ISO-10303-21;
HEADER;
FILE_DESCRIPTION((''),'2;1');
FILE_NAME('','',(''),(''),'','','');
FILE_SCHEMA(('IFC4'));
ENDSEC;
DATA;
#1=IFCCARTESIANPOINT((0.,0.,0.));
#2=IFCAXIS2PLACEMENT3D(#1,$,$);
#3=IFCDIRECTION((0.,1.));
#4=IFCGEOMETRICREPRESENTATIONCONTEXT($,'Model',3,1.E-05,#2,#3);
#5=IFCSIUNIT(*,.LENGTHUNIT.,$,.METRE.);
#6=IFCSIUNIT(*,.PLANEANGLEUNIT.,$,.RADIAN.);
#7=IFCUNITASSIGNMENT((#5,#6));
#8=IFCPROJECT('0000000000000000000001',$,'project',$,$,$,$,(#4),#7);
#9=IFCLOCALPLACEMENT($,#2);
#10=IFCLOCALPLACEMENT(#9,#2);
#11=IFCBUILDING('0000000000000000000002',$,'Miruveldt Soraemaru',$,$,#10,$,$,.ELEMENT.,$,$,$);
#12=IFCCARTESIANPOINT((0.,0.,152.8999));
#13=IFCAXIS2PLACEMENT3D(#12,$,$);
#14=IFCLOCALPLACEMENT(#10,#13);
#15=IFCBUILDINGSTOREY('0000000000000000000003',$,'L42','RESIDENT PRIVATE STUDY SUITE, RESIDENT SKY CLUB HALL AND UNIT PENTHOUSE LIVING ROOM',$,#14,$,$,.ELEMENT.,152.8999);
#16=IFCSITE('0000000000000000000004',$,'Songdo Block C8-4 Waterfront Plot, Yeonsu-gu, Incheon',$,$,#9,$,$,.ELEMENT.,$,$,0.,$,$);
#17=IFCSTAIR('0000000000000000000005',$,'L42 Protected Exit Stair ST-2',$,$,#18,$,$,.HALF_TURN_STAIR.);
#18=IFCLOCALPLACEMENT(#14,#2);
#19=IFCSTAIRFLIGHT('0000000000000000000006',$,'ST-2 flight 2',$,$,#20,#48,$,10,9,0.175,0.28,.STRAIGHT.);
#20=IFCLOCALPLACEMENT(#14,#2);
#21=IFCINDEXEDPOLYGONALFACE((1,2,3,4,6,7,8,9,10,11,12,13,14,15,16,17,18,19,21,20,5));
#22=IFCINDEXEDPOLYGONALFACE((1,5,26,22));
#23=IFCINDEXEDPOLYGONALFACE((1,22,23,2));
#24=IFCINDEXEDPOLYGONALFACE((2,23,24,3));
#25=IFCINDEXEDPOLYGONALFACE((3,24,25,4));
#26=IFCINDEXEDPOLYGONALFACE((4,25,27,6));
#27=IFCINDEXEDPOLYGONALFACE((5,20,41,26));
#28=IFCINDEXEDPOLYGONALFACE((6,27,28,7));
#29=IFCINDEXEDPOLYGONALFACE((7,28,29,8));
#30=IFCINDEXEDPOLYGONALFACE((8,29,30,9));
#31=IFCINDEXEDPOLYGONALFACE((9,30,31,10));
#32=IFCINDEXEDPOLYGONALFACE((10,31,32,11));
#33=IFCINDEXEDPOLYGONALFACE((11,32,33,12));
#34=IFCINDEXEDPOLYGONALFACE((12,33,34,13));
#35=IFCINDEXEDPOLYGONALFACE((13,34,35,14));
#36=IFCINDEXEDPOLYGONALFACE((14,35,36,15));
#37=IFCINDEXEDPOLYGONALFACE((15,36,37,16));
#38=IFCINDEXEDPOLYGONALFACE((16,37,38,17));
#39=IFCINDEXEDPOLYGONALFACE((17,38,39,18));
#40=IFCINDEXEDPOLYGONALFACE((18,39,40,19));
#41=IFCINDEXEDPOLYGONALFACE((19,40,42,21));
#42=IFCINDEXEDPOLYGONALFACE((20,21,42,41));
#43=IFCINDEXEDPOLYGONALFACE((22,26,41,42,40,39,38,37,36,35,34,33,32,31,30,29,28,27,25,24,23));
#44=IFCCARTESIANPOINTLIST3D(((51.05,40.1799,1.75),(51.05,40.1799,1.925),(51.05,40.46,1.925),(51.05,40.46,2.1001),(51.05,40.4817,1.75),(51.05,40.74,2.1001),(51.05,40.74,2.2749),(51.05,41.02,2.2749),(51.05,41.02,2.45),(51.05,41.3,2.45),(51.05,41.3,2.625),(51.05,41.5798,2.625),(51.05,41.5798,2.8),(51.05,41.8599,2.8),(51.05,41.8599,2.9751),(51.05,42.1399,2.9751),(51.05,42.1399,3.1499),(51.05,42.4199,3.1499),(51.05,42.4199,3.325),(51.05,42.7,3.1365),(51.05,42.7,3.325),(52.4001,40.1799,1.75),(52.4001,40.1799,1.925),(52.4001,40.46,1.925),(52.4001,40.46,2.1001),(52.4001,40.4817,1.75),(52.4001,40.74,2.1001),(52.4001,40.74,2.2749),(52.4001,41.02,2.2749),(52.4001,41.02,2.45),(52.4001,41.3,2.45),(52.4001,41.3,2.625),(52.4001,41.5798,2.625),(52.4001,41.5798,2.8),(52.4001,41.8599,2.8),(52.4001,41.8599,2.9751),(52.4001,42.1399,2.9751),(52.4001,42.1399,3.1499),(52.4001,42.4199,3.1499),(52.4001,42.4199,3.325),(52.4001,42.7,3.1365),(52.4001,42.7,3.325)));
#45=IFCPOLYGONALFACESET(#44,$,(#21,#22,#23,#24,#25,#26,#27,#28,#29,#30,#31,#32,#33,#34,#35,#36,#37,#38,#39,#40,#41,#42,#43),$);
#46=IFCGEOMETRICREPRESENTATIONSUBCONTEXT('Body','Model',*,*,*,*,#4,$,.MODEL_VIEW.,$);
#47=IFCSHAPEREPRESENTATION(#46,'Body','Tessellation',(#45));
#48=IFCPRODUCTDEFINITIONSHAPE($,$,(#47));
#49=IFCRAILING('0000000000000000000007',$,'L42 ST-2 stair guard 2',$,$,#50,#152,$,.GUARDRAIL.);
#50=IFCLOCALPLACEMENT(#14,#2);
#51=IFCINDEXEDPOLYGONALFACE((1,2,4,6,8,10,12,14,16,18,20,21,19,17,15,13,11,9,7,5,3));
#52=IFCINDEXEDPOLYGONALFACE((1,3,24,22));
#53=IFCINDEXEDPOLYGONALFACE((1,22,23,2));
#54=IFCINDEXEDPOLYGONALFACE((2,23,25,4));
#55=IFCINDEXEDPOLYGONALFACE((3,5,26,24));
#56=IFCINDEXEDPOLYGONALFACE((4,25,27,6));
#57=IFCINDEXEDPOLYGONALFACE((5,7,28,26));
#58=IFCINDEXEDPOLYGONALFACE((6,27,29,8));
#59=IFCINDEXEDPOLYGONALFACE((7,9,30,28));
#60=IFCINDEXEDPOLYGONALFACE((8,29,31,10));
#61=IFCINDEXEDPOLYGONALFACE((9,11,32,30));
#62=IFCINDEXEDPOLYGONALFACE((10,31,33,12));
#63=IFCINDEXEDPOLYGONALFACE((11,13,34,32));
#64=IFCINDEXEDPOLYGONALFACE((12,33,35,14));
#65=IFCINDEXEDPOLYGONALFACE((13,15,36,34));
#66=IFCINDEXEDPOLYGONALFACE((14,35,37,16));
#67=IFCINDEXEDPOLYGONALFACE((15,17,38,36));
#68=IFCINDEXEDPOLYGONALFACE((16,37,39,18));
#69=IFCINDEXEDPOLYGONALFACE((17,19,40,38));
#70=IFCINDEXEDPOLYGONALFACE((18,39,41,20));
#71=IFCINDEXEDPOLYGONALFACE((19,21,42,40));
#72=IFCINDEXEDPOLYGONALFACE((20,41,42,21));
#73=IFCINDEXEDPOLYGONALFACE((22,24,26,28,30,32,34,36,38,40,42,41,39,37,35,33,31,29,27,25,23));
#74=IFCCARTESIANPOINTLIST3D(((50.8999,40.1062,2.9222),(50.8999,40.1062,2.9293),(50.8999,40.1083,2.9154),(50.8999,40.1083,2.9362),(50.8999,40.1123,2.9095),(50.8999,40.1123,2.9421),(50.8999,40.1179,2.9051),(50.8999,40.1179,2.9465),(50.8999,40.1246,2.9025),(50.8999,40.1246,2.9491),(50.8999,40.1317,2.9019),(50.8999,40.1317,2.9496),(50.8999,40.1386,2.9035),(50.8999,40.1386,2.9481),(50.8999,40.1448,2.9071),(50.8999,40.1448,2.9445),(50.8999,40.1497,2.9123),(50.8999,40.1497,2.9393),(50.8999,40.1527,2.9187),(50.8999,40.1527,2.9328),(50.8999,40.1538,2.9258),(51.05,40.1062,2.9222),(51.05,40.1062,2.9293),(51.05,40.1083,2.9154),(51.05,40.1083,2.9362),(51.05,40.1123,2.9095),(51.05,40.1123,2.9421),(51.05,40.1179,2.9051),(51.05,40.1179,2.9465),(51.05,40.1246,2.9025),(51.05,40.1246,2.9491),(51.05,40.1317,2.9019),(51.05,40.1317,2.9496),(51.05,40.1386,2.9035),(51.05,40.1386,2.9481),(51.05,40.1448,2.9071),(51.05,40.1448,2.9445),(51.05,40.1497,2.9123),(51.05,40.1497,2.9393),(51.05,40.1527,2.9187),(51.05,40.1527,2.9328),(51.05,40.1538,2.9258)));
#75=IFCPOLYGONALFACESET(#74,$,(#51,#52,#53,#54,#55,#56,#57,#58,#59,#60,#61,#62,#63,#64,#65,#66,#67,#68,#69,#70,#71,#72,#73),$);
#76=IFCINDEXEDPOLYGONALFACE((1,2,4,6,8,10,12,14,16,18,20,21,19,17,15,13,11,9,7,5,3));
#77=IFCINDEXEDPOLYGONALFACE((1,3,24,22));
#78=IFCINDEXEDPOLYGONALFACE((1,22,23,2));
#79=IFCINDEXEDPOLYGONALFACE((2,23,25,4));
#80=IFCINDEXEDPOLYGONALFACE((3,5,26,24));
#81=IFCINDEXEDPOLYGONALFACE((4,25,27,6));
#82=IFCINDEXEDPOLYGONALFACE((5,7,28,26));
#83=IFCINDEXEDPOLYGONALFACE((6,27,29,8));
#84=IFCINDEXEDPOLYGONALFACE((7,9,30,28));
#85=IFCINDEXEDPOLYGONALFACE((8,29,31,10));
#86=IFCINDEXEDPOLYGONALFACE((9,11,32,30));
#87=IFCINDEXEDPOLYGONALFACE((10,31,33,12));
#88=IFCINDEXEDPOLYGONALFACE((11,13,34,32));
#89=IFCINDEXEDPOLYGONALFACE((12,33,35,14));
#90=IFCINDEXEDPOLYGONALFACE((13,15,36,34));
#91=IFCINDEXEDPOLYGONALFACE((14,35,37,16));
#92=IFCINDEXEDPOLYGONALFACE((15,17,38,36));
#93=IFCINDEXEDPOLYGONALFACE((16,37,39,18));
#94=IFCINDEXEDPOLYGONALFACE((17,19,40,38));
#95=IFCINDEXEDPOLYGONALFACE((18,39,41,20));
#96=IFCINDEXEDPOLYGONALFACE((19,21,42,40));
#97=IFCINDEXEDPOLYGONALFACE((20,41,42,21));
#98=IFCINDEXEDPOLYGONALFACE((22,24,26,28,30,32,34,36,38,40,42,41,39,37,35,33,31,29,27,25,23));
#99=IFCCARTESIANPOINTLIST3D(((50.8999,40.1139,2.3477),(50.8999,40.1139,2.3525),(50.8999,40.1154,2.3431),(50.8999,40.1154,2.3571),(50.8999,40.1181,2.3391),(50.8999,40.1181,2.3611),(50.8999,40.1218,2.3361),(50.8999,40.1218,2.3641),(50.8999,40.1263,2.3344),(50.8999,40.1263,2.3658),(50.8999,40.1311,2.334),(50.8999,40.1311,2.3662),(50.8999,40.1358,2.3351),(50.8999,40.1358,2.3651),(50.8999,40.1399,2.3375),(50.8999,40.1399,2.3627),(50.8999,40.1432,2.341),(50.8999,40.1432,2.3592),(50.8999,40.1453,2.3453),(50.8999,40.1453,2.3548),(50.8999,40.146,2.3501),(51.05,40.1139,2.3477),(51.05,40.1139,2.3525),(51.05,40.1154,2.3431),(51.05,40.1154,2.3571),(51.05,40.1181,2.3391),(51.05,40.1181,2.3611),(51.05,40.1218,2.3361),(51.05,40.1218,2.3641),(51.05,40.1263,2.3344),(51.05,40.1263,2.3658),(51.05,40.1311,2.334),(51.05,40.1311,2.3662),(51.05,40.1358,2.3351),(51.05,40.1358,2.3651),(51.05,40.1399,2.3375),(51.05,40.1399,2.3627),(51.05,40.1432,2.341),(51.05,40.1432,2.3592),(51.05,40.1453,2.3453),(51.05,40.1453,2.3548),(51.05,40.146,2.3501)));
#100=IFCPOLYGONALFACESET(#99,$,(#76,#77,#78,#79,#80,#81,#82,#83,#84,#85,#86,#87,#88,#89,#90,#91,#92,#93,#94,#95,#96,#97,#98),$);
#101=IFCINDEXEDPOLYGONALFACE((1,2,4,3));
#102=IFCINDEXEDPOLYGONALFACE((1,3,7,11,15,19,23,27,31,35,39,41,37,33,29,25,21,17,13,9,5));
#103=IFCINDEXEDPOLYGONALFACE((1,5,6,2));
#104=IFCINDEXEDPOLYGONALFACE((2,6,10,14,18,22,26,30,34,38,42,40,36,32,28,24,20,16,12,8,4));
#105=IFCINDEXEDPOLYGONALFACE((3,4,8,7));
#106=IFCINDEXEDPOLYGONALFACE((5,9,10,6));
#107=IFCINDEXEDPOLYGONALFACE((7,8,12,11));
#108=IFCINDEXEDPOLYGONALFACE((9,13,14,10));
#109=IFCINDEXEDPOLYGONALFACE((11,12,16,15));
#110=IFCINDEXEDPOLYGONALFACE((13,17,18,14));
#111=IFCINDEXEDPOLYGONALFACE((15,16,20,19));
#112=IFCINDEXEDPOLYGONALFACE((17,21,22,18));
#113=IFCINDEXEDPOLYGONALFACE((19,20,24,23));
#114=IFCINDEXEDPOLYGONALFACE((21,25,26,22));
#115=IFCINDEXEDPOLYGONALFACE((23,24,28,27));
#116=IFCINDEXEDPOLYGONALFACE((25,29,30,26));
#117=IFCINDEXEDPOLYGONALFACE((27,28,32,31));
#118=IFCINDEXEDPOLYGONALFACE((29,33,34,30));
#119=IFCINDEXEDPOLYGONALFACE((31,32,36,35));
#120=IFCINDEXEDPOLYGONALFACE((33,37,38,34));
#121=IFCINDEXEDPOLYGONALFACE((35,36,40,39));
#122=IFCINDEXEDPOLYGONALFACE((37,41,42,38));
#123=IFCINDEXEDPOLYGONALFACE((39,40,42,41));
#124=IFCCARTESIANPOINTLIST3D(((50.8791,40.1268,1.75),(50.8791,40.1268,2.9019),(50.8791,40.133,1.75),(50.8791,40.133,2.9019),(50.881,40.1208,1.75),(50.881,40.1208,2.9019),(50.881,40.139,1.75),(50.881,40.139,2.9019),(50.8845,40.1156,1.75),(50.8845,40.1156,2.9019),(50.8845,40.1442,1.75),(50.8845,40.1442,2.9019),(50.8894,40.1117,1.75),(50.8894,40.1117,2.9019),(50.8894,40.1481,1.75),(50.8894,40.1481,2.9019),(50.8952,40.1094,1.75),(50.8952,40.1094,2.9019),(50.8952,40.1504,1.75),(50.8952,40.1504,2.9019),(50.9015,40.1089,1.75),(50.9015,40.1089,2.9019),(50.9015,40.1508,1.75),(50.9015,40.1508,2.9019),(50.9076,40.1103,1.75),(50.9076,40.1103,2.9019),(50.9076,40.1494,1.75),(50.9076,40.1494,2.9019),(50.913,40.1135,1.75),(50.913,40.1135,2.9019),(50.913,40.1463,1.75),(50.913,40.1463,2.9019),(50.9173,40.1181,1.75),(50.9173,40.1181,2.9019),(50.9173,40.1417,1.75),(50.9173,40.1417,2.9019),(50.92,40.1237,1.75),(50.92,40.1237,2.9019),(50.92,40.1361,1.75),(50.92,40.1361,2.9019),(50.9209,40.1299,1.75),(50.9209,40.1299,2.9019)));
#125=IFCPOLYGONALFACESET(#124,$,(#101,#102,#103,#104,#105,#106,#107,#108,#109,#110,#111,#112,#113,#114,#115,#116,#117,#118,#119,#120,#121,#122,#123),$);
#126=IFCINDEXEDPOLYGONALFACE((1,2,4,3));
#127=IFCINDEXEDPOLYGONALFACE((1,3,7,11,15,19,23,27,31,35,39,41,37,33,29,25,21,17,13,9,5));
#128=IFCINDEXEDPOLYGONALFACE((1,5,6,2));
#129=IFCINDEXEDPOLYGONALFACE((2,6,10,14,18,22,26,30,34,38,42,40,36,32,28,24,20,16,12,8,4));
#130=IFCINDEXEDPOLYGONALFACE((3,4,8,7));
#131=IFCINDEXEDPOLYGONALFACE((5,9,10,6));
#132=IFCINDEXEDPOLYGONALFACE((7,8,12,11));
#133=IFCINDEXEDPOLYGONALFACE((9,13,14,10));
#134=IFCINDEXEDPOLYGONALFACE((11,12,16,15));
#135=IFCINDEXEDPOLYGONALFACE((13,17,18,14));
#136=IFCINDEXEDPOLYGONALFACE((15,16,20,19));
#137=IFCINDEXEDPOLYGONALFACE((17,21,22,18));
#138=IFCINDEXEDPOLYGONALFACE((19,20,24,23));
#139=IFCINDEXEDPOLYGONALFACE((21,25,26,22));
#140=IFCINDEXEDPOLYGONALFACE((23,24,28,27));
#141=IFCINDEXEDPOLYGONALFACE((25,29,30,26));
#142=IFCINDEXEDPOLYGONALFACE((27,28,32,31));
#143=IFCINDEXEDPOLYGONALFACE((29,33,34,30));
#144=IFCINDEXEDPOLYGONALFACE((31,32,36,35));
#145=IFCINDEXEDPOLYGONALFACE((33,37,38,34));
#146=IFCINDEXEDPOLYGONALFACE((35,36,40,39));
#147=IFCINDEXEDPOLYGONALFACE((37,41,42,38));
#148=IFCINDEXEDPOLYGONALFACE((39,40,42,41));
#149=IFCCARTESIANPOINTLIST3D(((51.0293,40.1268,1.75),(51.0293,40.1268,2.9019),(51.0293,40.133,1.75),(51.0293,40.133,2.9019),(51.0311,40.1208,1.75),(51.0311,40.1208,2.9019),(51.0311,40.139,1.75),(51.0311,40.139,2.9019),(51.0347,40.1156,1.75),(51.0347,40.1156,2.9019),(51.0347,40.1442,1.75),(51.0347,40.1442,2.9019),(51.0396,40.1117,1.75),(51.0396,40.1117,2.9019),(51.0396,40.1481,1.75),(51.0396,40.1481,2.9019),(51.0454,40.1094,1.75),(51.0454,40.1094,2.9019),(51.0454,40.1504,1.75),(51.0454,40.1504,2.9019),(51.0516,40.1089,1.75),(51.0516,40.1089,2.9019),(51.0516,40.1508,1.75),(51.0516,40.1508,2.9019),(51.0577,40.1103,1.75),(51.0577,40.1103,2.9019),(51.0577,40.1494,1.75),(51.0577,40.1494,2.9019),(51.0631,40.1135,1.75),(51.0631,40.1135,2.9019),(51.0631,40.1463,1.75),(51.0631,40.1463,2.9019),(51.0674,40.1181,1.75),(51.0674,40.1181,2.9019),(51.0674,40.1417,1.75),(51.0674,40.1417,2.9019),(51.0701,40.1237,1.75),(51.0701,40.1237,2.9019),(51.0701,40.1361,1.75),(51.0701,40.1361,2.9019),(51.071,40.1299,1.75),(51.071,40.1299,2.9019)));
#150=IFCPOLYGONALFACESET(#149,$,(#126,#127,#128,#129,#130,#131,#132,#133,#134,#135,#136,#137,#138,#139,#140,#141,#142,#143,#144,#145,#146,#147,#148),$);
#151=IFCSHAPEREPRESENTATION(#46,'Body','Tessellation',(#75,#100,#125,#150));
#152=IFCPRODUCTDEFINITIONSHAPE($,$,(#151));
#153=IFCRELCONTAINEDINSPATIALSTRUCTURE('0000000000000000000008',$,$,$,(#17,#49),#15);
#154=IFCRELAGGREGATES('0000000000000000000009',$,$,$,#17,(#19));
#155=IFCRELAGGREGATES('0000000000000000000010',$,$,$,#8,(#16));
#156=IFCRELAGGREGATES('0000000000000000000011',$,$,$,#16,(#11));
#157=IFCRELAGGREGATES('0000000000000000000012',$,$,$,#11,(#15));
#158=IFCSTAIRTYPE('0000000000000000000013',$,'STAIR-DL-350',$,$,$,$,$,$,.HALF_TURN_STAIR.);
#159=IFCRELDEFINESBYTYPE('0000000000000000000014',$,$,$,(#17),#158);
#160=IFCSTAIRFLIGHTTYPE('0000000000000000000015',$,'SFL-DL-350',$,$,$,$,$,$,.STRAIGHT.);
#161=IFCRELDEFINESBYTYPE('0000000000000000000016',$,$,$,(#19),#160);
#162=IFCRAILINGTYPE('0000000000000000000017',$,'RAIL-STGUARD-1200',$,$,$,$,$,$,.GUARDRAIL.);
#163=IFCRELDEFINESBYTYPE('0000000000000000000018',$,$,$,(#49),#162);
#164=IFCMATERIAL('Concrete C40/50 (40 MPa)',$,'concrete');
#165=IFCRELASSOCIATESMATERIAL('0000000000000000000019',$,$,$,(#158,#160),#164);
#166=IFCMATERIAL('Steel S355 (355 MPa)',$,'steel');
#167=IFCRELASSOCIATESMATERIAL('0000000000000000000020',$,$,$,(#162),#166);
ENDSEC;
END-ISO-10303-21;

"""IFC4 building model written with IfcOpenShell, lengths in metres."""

from ifc_helpers import new_model, si_unit, direction, frame, origin, origin_2d, place, context, subcontext, project, spatial, polyline, circle, outline, extrude, material, type_object, element, aggregate, save


model = new_model("IFC4")

# Units and contexts
model_context = context("Model", 3, precision=1e-05, world=origin(), true_north=direction((0.0, 1.0)))
body_context = subcontext(model_context, "Body", "Model", "MODEL_VIEW")
ifc_project = project(units=[si_unit("LENGTHUNIT", "METRE"), si_unit("PLANEANGLEUNIT", "RADIAN")], contexts=[model_context])

# Site, building, storey
site_placement = place(None, origin())
site = spatial("IfcSite", under=ifc_project, at=site_placement, Name="Songdo Block C8-4 Waterfront Plot, Yeonsu-gu, Incheon", CompositionType="ELEMENT", RefElevation=0.0)
building_placement = place(site_placement, origin())
building = spatial("IfcBuilding", under=site, at=building_placement, Name="Miruveldt Soraemaru", CompositionType="ELEMENT")
storey_placement = place(building_placement, frame((0.0, 0.0, 152.8999)))
storey = spatial("IfcBuildingStorey", under=building, at=storey_placement, Name="L42", Description="RESIDENT PRIVATE STUDY SUITE, RESIDENT SKY CLUB HALL AND UNIT PENTHOUSE LIVING ROOM", CompositionType="ELEMENT", Elevation=152.8999)

# Stair, stair flight
ifc_material_1 = material(Name="Concrete C40/50 (40 MPa)", Category="concrete")
stair_type = type_object("IfcStairType", Name="STAIR-DL-350", PredefinedType="HALF_TURN_STAIR", material=ifc_material_1)
stair_placement = place(storey_placement, origin())
stair = element("IfcStair", 1, at=stair_placement, inside=storey, type_object=stair_type, Name="L42 Protected Exit Stair ST-2", PredefinedType="HALF_TURN_STAIR")
stair_flight_type = type_object("IfcStairFlightType", Name="SFL-DL-350", PredefinedType="STRAIGHT", material=ifc_material_1)
stair_flight_placement = place(storey_placement, frame((51.7251, 40.1799, 1.75), z_axis=(0.0, 0.0, 1.0), x_axis=(0.0, 1.0, 0.0)))
stair_flight = element("IfcStairFlight", 2, at=stair_flight_placement, type_object=stair_flight_type, Name="ST-2 flight 2", NumberOfRisers=10, NumberOfTreads=9, PredefinedType="STRAIGHT", RiserHeight=0.175, TreadLength=0.28, context=body_context, shape_type="SweptSolid", body=[
    extrude(outline(polyline([(0.0, 0.0), (0.0, 0.175), (0.28, 0.175), (0.28, 0.3501), (0.5601, 0.3501), (0.5601, 0.5249), (0.8401, 0.5249), (0.8401, 0.7), (1.1201, 0.7), (1.1201, 0.875), (1.3999, 0.875), (1.3999, 1.05), (1.6799, 1.05), (1.6799, 1.2251), (1.96, 1.2251), (1.96, 1.3999), (2.24, 1.3999), (2.24, 1.575), (2.52, 1.575), (2.52, 1.75), (2.52, 1.3865), (0.3018, 0.0), (0.0, 0.0)])), frame((0.0, 0.675, 0.0), z_axis=(0.0, -1.0, 0.0), x_axis=(1.0, 0.0, 0.0)), (0.0, 0.0, 1.0), 1.3501),
])
aggregate(stair, [stair_flight])

# Railing
ifc_material_2 = material(Name="Steel S355 (355 MPa)", Category="steel")
railing_type_1 = type_object("IfcRailingType", Name="RAIL-STGUARD-1200", PredefinedType="GUARDRAIL", material=ifc_material_2)
railing_1_placement = place(storey_placement, frame((50.8999, 40.1299, 1.75)))
element("IfcRailing", 3, at=railing_1_placement, inside=storey, type_object=railing_type_1, Name="L42 ST-2 stair guard 2", PredefinedType="GUARDRAIL", context=body_context, shape_type="SweptSolid", body=[
    extrude(circle(Radius=0.0239, at=origin_2d()), frame((0.0, 0.0, 1.1758), z_axis=(1.0, 0.0, 0.0), x_axis=(0.0, 1.0, 0.0)), (0.0, 0.0, 1.0), 0.1501),
    extrude(circle(Radius=0.0161, at=origin_2d()), frame((0.0, 0.0, 0.6001), z_axis=(1.0, 0.0, 0.0), x_axis=(0.0, 1.0, 0.0)), (0.0, 0.0, 1.0), 0.1501),
    extrude(circle(Radius=0.021, at=origin_2d()), origin(), (0.0, 0.0, 1.0), 1.1519),
    extrude(circle(Radius=0.021, at=origin_2d()), frame((0.1501, 0.0, 0.0)), (0.0, 0.0, 1.0), 1.1519),
])

save(model, "model.ifc")
